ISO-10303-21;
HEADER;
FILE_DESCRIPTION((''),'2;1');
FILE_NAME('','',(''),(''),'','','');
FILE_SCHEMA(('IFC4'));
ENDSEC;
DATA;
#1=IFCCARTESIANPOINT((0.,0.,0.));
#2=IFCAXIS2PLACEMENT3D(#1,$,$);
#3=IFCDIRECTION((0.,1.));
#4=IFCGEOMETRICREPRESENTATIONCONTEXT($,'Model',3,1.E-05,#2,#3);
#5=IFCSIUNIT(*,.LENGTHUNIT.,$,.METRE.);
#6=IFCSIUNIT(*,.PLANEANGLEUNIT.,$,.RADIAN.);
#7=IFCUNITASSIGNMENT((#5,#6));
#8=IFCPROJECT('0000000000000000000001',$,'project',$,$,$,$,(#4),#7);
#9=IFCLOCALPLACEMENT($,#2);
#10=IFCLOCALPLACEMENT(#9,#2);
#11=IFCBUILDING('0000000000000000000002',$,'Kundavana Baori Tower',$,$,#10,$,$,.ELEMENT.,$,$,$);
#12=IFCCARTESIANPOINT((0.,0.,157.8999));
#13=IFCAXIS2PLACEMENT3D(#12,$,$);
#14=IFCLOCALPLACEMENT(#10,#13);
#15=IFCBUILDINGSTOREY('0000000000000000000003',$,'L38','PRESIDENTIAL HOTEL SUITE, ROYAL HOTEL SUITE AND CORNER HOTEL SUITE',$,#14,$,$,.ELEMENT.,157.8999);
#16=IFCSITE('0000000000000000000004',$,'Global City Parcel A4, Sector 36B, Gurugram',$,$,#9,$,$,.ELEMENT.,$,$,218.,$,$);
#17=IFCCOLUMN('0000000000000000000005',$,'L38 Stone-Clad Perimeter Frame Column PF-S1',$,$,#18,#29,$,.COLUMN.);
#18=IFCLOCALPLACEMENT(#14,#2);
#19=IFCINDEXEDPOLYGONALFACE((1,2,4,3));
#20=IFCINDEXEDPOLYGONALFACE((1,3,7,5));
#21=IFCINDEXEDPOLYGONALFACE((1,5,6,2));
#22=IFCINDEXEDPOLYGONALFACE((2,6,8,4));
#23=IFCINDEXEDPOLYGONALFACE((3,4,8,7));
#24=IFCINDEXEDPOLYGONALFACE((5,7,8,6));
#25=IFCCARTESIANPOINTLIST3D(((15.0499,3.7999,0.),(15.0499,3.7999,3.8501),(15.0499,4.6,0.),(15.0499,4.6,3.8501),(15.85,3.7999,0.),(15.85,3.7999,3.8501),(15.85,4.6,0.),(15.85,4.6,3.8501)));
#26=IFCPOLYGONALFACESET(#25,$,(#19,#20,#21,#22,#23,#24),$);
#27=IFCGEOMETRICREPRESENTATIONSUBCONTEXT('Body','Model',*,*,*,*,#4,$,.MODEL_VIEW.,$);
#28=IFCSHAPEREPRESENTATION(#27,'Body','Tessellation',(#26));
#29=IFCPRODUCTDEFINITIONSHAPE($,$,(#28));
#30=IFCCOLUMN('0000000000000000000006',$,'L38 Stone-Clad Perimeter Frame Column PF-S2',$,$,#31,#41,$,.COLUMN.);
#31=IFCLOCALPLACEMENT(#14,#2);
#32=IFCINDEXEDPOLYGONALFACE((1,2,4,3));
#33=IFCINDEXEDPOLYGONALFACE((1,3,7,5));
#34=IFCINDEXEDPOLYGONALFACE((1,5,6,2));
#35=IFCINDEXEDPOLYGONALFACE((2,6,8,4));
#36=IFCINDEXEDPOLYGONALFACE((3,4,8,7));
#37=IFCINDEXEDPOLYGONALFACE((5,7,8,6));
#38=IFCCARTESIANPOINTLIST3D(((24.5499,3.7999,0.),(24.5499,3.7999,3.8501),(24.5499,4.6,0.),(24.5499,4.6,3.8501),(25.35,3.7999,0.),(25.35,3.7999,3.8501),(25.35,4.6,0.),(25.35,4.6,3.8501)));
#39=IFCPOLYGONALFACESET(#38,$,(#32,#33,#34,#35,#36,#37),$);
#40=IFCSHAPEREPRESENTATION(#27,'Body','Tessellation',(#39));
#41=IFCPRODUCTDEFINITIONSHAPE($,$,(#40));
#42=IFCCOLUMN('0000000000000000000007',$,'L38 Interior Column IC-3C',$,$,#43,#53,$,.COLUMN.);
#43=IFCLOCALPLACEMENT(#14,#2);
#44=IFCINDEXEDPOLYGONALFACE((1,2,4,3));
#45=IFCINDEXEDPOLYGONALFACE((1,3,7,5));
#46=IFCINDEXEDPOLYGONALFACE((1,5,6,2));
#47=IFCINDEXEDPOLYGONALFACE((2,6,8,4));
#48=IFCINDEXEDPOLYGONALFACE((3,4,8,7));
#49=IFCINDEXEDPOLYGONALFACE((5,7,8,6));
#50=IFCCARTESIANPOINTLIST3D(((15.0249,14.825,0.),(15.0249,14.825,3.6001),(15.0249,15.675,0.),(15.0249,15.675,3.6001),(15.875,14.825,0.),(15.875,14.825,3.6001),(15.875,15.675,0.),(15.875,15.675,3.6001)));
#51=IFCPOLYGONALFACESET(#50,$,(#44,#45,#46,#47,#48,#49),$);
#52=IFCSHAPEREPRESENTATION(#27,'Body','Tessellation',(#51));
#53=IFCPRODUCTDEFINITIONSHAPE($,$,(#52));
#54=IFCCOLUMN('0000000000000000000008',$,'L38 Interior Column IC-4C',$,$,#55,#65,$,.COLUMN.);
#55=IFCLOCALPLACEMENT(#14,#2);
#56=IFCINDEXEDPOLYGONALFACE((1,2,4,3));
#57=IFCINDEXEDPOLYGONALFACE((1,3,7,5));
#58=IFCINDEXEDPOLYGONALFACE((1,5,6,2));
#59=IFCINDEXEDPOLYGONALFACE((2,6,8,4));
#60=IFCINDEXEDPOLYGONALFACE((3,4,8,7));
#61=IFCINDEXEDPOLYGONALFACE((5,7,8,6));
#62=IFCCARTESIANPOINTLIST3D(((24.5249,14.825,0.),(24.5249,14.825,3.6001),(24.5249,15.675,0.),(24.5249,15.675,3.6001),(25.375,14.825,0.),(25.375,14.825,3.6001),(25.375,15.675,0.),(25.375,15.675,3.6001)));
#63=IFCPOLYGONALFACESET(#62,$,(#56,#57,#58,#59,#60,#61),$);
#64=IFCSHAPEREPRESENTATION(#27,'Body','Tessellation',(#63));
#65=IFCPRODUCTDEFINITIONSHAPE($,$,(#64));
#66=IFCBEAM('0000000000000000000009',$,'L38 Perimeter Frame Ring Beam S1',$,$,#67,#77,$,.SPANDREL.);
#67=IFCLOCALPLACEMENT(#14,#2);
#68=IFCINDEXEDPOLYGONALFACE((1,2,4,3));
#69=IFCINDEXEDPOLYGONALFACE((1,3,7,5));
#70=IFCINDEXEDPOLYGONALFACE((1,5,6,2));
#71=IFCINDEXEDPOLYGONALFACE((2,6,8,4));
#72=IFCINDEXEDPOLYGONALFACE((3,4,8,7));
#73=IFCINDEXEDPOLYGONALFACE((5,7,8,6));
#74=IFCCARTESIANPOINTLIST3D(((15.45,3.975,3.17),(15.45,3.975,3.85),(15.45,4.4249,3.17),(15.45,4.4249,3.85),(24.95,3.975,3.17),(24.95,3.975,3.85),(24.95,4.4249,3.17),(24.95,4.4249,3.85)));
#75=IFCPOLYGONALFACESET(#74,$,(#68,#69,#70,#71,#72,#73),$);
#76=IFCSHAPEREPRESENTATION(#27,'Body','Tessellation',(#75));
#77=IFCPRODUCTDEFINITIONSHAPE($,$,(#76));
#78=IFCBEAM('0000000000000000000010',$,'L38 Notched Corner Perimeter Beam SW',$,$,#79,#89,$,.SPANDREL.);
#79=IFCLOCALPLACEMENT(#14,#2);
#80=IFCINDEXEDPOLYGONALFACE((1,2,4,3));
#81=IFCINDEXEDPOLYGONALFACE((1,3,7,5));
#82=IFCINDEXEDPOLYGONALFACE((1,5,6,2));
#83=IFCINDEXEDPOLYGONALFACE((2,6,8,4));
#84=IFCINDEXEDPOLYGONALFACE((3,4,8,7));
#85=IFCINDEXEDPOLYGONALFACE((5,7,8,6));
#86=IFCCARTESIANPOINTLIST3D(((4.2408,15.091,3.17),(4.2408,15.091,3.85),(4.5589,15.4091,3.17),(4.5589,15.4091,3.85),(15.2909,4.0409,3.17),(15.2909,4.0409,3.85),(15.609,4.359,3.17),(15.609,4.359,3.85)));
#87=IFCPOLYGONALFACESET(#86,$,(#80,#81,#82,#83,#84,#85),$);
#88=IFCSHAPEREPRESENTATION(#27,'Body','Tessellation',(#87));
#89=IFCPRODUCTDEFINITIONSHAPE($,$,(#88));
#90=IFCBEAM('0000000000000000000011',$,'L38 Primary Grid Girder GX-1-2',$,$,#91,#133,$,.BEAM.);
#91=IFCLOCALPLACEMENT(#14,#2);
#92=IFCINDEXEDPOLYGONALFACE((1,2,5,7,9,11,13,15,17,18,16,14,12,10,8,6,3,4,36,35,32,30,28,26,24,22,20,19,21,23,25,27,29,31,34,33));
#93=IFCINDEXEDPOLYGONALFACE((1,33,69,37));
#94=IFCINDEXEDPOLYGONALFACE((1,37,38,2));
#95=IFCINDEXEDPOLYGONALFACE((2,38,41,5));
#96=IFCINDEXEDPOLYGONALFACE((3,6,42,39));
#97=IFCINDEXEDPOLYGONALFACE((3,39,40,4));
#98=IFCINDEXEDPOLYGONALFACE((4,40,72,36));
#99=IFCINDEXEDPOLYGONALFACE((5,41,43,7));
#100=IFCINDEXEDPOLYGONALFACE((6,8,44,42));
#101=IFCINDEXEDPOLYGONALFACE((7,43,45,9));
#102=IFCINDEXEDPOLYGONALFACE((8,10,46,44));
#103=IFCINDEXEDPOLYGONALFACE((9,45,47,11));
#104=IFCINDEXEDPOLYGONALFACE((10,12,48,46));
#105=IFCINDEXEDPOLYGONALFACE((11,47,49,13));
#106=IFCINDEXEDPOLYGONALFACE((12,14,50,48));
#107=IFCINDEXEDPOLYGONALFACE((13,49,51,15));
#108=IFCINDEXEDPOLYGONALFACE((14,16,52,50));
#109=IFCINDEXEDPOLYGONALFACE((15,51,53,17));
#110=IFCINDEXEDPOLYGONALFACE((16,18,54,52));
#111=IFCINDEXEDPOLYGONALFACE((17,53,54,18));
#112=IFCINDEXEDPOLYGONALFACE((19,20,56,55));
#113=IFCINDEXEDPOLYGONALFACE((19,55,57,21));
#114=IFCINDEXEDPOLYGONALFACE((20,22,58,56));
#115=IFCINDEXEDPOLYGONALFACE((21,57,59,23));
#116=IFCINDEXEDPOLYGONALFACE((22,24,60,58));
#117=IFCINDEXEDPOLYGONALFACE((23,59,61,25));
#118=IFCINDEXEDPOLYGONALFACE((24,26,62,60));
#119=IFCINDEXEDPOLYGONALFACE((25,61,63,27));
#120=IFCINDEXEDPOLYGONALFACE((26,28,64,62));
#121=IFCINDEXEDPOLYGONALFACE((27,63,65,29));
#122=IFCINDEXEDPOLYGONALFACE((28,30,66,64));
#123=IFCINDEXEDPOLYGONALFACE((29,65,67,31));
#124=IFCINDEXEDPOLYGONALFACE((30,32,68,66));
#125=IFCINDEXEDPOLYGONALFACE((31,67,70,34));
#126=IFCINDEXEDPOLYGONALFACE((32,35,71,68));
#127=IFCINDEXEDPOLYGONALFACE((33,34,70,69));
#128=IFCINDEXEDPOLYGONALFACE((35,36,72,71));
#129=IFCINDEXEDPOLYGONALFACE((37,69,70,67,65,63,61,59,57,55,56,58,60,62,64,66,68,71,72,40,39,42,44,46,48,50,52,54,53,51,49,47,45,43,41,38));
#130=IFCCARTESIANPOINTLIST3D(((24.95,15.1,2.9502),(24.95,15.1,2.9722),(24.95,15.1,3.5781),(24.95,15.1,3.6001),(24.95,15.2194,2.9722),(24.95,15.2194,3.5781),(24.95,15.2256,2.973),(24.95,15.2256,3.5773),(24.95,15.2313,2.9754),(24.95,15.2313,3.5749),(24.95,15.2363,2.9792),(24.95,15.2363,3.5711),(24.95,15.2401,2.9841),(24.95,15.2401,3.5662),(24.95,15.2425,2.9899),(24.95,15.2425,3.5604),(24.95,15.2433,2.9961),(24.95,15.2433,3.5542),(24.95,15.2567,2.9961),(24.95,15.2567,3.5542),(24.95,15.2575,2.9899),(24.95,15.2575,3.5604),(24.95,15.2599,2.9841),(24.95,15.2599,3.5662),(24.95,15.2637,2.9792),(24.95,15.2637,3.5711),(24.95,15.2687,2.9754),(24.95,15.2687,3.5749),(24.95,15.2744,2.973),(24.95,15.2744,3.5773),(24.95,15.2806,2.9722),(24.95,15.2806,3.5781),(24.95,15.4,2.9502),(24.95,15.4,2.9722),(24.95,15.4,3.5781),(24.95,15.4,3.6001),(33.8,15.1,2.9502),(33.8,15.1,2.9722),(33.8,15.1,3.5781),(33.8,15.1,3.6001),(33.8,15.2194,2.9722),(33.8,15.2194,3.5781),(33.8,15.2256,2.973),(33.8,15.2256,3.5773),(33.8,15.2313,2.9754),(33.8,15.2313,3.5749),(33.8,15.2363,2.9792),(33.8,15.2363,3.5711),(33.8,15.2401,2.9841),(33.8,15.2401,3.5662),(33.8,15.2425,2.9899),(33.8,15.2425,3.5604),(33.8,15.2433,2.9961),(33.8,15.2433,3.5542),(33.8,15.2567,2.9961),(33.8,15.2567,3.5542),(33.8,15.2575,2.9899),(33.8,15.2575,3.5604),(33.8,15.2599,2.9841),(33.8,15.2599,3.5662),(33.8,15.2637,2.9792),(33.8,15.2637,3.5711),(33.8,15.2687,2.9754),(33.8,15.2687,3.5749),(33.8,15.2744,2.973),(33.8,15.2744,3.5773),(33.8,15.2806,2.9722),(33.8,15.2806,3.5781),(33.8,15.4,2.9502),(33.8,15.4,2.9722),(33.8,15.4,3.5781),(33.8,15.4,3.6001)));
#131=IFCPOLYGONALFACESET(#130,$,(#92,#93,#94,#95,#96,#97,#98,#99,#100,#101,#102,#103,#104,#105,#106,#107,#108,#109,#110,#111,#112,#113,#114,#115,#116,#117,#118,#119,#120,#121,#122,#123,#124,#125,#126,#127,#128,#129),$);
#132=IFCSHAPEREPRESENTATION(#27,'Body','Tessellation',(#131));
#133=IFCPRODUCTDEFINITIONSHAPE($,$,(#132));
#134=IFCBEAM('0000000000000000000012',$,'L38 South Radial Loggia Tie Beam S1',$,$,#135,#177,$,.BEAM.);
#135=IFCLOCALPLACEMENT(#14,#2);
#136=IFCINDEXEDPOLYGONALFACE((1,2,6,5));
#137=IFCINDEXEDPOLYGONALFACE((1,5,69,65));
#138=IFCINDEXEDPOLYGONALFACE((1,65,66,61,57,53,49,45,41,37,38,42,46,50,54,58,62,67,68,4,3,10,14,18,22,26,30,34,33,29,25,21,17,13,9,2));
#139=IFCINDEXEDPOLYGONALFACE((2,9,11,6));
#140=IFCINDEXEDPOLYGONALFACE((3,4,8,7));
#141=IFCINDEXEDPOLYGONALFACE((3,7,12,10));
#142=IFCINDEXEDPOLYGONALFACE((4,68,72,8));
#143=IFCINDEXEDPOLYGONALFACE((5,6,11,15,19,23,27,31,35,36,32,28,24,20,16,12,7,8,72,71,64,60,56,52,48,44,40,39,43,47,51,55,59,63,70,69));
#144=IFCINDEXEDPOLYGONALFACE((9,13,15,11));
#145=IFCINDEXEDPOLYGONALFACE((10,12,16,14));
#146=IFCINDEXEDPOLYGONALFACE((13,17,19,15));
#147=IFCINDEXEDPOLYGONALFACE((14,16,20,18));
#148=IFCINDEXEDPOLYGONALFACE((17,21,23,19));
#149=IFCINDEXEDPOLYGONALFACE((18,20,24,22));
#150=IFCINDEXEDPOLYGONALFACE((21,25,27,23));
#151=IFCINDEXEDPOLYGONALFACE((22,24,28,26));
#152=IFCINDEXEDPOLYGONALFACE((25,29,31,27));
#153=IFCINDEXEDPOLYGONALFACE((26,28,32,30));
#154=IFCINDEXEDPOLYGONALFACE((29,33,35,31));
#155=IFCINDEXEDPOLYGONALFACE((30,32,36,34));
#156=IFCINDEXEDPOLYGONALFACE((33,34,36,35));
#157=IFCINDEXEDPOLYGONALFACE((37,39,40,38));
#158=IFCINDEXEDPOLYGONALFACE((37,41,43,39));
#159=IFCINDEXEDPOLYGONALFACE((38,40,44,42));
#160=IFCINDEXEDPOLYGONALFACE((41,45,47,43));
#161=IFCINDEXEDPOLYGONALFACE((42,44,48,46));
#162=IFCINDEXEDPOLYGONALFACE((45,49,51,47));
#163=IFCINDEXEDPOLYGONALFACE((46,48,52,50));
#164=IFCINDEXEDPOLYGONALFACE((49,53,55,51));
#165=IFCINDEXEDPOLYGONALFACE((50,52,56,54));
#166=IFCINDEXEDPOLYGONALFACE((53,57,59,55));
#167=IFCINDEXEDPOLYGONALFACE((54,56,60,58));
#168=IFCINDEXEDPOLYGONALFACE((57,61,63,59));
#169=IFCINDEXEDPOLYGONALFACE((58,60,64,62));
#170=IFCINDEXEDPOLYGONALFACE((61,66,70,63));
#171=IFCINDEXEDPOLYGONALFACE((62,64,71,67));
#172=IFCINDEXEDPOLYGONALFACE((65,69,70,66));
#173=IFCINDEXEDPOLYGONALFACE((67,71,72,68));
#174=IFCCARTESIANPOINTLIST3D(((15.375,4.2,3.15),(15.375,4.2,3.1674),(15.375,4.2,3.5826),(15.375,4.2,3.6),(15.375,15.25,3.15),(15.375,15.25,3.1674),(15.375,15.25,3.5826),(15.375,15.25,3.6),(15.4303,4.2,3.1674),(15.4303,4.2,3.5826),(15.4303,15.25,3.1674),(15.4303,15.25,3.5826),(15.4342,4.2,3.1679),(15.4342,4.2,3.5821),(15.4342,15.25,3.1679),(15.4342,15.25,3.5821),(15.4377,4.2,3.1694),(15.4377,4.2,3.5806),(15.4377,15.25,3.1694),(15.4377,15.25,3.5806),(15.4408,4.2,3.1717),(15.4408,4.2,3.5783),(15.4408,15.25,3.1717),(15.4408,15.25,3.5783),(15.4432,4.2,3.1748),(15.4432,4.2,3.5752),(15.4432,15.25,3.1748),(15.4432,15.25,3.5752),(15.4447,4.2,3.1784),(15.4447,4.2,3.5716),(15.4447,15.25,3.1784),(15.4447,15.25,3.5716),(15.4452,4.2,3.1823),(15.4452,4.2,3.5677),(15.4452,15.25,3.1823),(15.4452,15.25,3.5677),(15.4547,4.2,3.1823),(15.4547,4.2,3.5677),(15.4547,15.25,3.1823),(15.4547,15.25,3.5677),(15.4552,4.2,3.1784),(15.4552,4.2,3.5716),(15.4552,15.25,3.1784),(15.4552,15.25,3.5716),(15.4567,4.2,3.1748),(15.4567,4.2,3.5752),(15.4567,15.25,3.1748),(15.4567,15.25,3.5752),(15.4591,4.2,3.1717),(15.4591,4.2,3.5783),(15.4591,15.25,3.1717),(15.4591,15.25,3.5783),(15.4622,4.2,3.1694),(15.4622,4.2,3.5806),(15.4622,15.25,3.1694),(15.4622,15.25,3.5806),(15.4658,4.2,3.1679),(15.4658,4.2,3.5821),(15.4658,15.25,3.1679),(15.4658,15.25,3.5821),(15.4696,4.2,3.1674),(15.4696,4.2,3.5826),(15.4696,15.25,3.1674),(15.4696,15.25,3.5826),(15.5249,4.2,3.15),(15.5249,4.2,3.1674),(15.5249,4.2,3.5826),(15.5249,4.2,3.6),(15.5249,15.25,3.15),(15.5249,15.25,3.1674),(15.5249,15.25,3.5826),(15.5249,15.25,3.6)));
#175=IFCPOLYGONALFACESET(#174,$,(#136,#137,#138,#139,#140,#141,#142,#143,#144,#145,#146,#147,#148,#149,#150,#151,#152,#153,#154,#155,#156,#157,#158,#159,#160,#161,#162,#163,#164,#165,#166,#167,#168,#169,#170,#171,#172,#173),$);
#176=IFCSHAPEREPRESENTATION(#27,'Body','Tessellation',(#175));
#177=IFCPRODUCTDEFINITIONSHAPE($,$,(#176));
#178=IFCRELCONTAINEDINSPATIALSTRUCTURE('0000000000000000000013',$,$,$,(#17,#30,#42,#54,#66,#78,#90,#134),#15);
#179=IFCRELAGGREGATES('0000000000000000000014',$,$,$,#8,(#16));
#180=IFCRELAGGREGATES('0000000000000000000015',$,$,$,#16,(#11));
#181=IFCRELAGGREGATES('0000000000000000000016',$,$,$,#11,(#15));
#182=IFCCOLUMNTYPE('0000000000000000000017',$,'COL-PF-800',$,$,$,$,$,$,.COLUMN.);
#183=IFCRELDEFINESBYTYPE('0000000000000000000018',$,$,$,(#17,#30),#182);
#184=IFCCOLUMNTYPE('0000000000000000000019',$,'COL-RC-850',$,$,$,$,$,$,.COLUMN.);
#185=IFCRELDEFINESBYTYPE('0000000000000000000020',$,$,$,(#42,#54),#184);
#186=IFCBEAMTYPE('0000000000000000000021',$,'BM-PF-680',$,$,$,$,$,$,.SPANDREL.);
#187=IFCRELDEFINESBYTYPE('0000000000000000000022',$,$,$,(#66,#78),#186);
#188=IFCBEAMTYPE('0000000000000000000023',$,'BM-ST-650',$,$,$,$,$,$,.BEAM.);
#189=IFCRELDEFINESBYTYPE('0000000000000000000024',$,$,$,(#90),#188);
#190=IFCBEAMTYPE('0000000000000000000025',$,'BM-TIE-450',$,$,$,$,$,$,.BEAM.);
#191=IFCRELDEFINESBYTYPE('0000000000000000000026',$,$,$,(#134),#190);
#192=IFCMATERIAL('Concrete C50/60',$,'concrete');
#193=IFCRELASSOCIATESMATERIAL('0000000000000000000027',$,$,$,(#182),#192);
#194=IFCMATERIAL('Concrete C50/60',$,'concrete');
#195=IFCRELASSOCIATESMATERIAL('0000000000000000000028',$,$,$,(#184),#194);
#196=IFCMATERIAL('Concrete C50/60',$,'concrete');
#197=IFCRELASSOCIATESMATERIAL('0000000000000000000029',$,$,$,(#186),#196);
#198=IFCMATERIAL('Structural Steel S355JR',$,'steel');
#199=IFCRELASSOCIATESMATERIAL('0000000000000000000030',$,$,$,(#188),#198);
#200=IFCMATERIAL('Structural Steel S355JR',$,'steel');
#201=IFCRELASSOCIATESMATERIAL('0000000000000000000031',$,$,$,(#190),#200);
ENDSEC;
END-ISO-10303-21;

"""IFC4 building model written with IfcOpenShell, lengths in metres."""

from ifc_helpers import new_model, si_unit, direction, frame, origin, origin_2d, place, context, subcontext, project, spatial, rectangle, i_section, extrude, material, material_profile, profile_set, type_object, element, save


model = new_model("IFC4")

# Units and contexts
model_context = context("Model", 3, precision=1e-05, world=origin(), true_north=direction((0.0, 1.0)))
body_context = subcontext(model_context, "Body", "Model", "MODEL_VIEW")
ifc_project = project(units=[si_unit("LENGTHUNIT", "METRE"), si_unit("PLANEANGLEUNIT", "RADIAN")], contexts=[model_context])

# Site, building, storey
site_placement = place(None, origin())
site = spatial("IfcSite", under=ifc_project, at=site_placement, Name="Global City Parcel A4, Sector 36B, Gurugram", CompositionType="ELEMENT", RefElevation=218.0)
building_placement = place(site_placement, origin())
building = spatial("IfcBuilding", under=site, at=building_placement, Name="Kundavana Baori Tower", CompositionType="ELEMENT")
storey_placement = place(building_placement, frame((0.0, 0.0, 157.8999)))
storey = spatial("IfcBuildingStorey", under=building, at=storey_placement, Name="L38", Description="PRESIDENTIAL HOTEL SUITE, ROYAL HOTEL SUITE AND CORNER HOTEL SUITE", CompositionType="ELEMENT", Elevation=157.8999)

# Columns
ifc_material_1 = material(Name="Concrete C50/60", Category="concrete")
ifc_material_profile_1 = material_profile(ifc_material_1, rectangle(XDim=0.8, YDim=0.8, at=origin_2d()), Name="RC PF 800x800")
ifc_profile_set_1 = profile_set([ifc_material_profile_1], Name="Concrete C50/60")
column_type_1 = type_object("IfcColumnType", Name="COL-PF-800", PredefinedType="COLUMN", material=ifc_profile_set_1)
for number, where, z_axis, x_axis, name in (
    (1, (15.45, 4.2, 0.0), (0.0, 0.0, 1.0), (1.0, 0.0, 0.0), "L38 Stone-Clad Perimeter Frame Column PF-S1"),
    (2, (24.95, 4.2, 0.0), (0.0, 0.0, 1.0), (1.0, 0.0, 0.0), "L38 Stone-Clad Perimeter Frame Column PF-S2"),
):
    element("IfcColumn", number, at=place(storey_placement, frame(where, z_axis=z_axis, x_axis=x_axis)), inside=storey, type_object=column_type_1, Name=name, PredefinedType="COLUMN", context=body_context, shape_type="SweptSolid", body=[
        extrude(rectangle(XDim=0.8, YDim=0.8, at=origin_2d()), origin(), (0.0, 0.0, 1.0), 3.8501),
    ])
ifc_material_2 = material(Name="Concrete C50/60", Category="concrete")
ifc_material_profile_2 = material_profile(ifc_material_2, rectangle(XDim=0.8501, YDim=0.8501, at=origin_2d()), Name="RC 850x850")
ifc_profile_set_2 = profile_set([ifc_material_profile_2], Name="Concrete C50/60")
column_type_2 = type_object("IfcColumnType", Name="COL-RC-850", PredefinedType="COLUMN", material=ifc_profile_set_2)
for number, where, z_axis, x_axis, name in (
    (3, (15.45, 15.25, 0.0), (0.0, 0.0, 1.0), (1.0, 0.0, 0.0), "L38 Interior Column IC-3C"),
    (4, (24.95, 15.25, 0.0), (0.0, 0.0, 1.0), (1.0, 0.0, 0.0), "L38 Interior Column IC-4C"),
):
    element("IfcColumn", number, at=place(storey_placement, frame(where, z_axis=z_axis, x_axis=x_axis)), inside=storey, type_object=column_type_2, Name=name, PredefinedType="COLUMN", context=body_context, shape_type="SweptSolid", body=[
        extrude(rectangle(XDim=0.8501, YDim=0.8501, at=origin_2d()), origin(), (0.0, 0.0, 1.0), 3.6001),
    ])

# Beams
ifc_material_3 = material(Name="Concrete C50/60", Category="concrete")
ifc_material_profile_3 = material_profile(ifc_material_3, rectangle(XDim=0.45, YDim=0.6799, at=origin_2d()), Name="RC BM 450x680")
ifc_profile_set_3 = profile_set([ifc_material_profile_3], Name="Concrete C50/60")
beam_type_1 = type_object("IfcBeamType", Name="BM-PF-680", PredefinedType="SPANDREL", material=ifc_profile_set_3)
beam_1_placement = place(storey_placement, frame((15.45, 4.2, 3.51), z_axis=(1.0, 0.0, 0.0), x_axis=(0.0, 1.0, 0.0)))
element("IfcBeam", 5, at=beam_1_placement, inside=storey, type_object=beam_type_1, Name="L38 Perimeter Frame Ring Beam S1", PredefinedType="SPANDREL", context=body_context, shape_type="SweptSolid", body=[
    extrude(rectangle(XDim=0.45, YDim=0.6799, at=origin_2d()), origin(), (0.0, 0.0, 1.0), 9.5),
])
beam_2_placement = place(storey_placement, frame((15.45, 4.2, 3.51), z_axis=(-0.707107, 0.707107, 0.0), x_axis=(-0.707107, -0.707107, 0.0)))
element("IfcBeam", 6, at=beam_2_placement, inside=storey, type_object=beam_type_1, Name="L38 Notched Corner Perimeter Beam SW", PredefinedType="SPANDREL", context=body_context, shape_type="SweptSolid", body=[
    extrude(rectangle(XDim=0.45, YDim=0.6799, at=origin_2d()), origin(), (0.0, 0.0, 1.0), 15.6272),
])
ifc_material_4 = material(Name="Structural Steel S355JR", Category="steel")
ifc_material_profile_4 = material_profile(ifc_material_4, i_section(OverallWidth=0.3, OverallDepth=0.6499, WebThickness=0.0134, FlangeThickness=0.022, FilletRadius=0.0239, at=origin_2d()), Name="NPB 650x300x155")
ifc_profile_set_4 = profile_set([ifc_material_profile_4], Name="Structural Steel S355JR")
beam_type_2 = type_object("IfcBeamType", Name="BM-ST-650", PredefinedType="BEAM", material=ifc_profile_set_4)
beam_3_placement = place(storey_placement, frame((24.95, 15.25, 3.2751), z_axis=(1.0, 0.0, 0.0), x_axis=(0.0, 1.0, 0.0)))
element("IfcBeam", 7, at=beam_3_placement, inside=storey, type_object=beam_type_2, Name="L38 Primary Grid Girder GX-1-2", PredefinedType="BEAM", context=body_context, shape_type="SweptSolid", body=[
    extrude(i_section(OverallWidth=0.3, OverallDepth=0.6499, WebThickness=0.0134, FlangeThickness=0.022, FilletRadius=0.0239, at=origin_2d()), origin(), (0.0, 0.0, 1.0), 8.8501),
])
ifc_material_5 = material(Name="Structural Steel S355JR", Category="steel")
ifc_material_profile_5 = material_profile(ifc_material_5, i_section(OverallWidth=0.1499, OverallDepth=0.45, WebThickness=0.0095, FlangeThickness=0.0173, FilletRadius=0.0149, at=origin_2d()), Name="ISMB 450")
ifc_profile_set_5 = profile_set([ifc_material_profile_5], Name="Structural Steel S355JR")
beam_type_3 = type_object("IfcBeamType", Name="BM-TIE-450", PredefinedType="BEAM", material=ifc_profile_set_5)
for number, where, z_axis, x_axis, name in (
    (8, (15.45, 15.25, 3.375), (0.0, -1.0, 0.0), (1.0, 0.0, 0.0), "L38 South Radial Loggia Tie Beam S1"),
):
    element("IfcBeam", number, at=place(storey_placement, frame(where, z_axis=z_axis, x_axis=x_axis)), inside=storey, type_object=beam_type_3, Name=name, PredefinedType="BEAM", context=body_context, shape_type="SweptSolid", body=[
        extrude(i_section(OverallWidth=0.1499, OverallDepth=0.45, WebThickness=0.0095, FlangeThickness=0.0173, FilletRadius=0.0149, at=origin_2d()), origin(), (0.0, 0.0, 1.0), 11.05),
    ])

save(model, "model.ifc")
